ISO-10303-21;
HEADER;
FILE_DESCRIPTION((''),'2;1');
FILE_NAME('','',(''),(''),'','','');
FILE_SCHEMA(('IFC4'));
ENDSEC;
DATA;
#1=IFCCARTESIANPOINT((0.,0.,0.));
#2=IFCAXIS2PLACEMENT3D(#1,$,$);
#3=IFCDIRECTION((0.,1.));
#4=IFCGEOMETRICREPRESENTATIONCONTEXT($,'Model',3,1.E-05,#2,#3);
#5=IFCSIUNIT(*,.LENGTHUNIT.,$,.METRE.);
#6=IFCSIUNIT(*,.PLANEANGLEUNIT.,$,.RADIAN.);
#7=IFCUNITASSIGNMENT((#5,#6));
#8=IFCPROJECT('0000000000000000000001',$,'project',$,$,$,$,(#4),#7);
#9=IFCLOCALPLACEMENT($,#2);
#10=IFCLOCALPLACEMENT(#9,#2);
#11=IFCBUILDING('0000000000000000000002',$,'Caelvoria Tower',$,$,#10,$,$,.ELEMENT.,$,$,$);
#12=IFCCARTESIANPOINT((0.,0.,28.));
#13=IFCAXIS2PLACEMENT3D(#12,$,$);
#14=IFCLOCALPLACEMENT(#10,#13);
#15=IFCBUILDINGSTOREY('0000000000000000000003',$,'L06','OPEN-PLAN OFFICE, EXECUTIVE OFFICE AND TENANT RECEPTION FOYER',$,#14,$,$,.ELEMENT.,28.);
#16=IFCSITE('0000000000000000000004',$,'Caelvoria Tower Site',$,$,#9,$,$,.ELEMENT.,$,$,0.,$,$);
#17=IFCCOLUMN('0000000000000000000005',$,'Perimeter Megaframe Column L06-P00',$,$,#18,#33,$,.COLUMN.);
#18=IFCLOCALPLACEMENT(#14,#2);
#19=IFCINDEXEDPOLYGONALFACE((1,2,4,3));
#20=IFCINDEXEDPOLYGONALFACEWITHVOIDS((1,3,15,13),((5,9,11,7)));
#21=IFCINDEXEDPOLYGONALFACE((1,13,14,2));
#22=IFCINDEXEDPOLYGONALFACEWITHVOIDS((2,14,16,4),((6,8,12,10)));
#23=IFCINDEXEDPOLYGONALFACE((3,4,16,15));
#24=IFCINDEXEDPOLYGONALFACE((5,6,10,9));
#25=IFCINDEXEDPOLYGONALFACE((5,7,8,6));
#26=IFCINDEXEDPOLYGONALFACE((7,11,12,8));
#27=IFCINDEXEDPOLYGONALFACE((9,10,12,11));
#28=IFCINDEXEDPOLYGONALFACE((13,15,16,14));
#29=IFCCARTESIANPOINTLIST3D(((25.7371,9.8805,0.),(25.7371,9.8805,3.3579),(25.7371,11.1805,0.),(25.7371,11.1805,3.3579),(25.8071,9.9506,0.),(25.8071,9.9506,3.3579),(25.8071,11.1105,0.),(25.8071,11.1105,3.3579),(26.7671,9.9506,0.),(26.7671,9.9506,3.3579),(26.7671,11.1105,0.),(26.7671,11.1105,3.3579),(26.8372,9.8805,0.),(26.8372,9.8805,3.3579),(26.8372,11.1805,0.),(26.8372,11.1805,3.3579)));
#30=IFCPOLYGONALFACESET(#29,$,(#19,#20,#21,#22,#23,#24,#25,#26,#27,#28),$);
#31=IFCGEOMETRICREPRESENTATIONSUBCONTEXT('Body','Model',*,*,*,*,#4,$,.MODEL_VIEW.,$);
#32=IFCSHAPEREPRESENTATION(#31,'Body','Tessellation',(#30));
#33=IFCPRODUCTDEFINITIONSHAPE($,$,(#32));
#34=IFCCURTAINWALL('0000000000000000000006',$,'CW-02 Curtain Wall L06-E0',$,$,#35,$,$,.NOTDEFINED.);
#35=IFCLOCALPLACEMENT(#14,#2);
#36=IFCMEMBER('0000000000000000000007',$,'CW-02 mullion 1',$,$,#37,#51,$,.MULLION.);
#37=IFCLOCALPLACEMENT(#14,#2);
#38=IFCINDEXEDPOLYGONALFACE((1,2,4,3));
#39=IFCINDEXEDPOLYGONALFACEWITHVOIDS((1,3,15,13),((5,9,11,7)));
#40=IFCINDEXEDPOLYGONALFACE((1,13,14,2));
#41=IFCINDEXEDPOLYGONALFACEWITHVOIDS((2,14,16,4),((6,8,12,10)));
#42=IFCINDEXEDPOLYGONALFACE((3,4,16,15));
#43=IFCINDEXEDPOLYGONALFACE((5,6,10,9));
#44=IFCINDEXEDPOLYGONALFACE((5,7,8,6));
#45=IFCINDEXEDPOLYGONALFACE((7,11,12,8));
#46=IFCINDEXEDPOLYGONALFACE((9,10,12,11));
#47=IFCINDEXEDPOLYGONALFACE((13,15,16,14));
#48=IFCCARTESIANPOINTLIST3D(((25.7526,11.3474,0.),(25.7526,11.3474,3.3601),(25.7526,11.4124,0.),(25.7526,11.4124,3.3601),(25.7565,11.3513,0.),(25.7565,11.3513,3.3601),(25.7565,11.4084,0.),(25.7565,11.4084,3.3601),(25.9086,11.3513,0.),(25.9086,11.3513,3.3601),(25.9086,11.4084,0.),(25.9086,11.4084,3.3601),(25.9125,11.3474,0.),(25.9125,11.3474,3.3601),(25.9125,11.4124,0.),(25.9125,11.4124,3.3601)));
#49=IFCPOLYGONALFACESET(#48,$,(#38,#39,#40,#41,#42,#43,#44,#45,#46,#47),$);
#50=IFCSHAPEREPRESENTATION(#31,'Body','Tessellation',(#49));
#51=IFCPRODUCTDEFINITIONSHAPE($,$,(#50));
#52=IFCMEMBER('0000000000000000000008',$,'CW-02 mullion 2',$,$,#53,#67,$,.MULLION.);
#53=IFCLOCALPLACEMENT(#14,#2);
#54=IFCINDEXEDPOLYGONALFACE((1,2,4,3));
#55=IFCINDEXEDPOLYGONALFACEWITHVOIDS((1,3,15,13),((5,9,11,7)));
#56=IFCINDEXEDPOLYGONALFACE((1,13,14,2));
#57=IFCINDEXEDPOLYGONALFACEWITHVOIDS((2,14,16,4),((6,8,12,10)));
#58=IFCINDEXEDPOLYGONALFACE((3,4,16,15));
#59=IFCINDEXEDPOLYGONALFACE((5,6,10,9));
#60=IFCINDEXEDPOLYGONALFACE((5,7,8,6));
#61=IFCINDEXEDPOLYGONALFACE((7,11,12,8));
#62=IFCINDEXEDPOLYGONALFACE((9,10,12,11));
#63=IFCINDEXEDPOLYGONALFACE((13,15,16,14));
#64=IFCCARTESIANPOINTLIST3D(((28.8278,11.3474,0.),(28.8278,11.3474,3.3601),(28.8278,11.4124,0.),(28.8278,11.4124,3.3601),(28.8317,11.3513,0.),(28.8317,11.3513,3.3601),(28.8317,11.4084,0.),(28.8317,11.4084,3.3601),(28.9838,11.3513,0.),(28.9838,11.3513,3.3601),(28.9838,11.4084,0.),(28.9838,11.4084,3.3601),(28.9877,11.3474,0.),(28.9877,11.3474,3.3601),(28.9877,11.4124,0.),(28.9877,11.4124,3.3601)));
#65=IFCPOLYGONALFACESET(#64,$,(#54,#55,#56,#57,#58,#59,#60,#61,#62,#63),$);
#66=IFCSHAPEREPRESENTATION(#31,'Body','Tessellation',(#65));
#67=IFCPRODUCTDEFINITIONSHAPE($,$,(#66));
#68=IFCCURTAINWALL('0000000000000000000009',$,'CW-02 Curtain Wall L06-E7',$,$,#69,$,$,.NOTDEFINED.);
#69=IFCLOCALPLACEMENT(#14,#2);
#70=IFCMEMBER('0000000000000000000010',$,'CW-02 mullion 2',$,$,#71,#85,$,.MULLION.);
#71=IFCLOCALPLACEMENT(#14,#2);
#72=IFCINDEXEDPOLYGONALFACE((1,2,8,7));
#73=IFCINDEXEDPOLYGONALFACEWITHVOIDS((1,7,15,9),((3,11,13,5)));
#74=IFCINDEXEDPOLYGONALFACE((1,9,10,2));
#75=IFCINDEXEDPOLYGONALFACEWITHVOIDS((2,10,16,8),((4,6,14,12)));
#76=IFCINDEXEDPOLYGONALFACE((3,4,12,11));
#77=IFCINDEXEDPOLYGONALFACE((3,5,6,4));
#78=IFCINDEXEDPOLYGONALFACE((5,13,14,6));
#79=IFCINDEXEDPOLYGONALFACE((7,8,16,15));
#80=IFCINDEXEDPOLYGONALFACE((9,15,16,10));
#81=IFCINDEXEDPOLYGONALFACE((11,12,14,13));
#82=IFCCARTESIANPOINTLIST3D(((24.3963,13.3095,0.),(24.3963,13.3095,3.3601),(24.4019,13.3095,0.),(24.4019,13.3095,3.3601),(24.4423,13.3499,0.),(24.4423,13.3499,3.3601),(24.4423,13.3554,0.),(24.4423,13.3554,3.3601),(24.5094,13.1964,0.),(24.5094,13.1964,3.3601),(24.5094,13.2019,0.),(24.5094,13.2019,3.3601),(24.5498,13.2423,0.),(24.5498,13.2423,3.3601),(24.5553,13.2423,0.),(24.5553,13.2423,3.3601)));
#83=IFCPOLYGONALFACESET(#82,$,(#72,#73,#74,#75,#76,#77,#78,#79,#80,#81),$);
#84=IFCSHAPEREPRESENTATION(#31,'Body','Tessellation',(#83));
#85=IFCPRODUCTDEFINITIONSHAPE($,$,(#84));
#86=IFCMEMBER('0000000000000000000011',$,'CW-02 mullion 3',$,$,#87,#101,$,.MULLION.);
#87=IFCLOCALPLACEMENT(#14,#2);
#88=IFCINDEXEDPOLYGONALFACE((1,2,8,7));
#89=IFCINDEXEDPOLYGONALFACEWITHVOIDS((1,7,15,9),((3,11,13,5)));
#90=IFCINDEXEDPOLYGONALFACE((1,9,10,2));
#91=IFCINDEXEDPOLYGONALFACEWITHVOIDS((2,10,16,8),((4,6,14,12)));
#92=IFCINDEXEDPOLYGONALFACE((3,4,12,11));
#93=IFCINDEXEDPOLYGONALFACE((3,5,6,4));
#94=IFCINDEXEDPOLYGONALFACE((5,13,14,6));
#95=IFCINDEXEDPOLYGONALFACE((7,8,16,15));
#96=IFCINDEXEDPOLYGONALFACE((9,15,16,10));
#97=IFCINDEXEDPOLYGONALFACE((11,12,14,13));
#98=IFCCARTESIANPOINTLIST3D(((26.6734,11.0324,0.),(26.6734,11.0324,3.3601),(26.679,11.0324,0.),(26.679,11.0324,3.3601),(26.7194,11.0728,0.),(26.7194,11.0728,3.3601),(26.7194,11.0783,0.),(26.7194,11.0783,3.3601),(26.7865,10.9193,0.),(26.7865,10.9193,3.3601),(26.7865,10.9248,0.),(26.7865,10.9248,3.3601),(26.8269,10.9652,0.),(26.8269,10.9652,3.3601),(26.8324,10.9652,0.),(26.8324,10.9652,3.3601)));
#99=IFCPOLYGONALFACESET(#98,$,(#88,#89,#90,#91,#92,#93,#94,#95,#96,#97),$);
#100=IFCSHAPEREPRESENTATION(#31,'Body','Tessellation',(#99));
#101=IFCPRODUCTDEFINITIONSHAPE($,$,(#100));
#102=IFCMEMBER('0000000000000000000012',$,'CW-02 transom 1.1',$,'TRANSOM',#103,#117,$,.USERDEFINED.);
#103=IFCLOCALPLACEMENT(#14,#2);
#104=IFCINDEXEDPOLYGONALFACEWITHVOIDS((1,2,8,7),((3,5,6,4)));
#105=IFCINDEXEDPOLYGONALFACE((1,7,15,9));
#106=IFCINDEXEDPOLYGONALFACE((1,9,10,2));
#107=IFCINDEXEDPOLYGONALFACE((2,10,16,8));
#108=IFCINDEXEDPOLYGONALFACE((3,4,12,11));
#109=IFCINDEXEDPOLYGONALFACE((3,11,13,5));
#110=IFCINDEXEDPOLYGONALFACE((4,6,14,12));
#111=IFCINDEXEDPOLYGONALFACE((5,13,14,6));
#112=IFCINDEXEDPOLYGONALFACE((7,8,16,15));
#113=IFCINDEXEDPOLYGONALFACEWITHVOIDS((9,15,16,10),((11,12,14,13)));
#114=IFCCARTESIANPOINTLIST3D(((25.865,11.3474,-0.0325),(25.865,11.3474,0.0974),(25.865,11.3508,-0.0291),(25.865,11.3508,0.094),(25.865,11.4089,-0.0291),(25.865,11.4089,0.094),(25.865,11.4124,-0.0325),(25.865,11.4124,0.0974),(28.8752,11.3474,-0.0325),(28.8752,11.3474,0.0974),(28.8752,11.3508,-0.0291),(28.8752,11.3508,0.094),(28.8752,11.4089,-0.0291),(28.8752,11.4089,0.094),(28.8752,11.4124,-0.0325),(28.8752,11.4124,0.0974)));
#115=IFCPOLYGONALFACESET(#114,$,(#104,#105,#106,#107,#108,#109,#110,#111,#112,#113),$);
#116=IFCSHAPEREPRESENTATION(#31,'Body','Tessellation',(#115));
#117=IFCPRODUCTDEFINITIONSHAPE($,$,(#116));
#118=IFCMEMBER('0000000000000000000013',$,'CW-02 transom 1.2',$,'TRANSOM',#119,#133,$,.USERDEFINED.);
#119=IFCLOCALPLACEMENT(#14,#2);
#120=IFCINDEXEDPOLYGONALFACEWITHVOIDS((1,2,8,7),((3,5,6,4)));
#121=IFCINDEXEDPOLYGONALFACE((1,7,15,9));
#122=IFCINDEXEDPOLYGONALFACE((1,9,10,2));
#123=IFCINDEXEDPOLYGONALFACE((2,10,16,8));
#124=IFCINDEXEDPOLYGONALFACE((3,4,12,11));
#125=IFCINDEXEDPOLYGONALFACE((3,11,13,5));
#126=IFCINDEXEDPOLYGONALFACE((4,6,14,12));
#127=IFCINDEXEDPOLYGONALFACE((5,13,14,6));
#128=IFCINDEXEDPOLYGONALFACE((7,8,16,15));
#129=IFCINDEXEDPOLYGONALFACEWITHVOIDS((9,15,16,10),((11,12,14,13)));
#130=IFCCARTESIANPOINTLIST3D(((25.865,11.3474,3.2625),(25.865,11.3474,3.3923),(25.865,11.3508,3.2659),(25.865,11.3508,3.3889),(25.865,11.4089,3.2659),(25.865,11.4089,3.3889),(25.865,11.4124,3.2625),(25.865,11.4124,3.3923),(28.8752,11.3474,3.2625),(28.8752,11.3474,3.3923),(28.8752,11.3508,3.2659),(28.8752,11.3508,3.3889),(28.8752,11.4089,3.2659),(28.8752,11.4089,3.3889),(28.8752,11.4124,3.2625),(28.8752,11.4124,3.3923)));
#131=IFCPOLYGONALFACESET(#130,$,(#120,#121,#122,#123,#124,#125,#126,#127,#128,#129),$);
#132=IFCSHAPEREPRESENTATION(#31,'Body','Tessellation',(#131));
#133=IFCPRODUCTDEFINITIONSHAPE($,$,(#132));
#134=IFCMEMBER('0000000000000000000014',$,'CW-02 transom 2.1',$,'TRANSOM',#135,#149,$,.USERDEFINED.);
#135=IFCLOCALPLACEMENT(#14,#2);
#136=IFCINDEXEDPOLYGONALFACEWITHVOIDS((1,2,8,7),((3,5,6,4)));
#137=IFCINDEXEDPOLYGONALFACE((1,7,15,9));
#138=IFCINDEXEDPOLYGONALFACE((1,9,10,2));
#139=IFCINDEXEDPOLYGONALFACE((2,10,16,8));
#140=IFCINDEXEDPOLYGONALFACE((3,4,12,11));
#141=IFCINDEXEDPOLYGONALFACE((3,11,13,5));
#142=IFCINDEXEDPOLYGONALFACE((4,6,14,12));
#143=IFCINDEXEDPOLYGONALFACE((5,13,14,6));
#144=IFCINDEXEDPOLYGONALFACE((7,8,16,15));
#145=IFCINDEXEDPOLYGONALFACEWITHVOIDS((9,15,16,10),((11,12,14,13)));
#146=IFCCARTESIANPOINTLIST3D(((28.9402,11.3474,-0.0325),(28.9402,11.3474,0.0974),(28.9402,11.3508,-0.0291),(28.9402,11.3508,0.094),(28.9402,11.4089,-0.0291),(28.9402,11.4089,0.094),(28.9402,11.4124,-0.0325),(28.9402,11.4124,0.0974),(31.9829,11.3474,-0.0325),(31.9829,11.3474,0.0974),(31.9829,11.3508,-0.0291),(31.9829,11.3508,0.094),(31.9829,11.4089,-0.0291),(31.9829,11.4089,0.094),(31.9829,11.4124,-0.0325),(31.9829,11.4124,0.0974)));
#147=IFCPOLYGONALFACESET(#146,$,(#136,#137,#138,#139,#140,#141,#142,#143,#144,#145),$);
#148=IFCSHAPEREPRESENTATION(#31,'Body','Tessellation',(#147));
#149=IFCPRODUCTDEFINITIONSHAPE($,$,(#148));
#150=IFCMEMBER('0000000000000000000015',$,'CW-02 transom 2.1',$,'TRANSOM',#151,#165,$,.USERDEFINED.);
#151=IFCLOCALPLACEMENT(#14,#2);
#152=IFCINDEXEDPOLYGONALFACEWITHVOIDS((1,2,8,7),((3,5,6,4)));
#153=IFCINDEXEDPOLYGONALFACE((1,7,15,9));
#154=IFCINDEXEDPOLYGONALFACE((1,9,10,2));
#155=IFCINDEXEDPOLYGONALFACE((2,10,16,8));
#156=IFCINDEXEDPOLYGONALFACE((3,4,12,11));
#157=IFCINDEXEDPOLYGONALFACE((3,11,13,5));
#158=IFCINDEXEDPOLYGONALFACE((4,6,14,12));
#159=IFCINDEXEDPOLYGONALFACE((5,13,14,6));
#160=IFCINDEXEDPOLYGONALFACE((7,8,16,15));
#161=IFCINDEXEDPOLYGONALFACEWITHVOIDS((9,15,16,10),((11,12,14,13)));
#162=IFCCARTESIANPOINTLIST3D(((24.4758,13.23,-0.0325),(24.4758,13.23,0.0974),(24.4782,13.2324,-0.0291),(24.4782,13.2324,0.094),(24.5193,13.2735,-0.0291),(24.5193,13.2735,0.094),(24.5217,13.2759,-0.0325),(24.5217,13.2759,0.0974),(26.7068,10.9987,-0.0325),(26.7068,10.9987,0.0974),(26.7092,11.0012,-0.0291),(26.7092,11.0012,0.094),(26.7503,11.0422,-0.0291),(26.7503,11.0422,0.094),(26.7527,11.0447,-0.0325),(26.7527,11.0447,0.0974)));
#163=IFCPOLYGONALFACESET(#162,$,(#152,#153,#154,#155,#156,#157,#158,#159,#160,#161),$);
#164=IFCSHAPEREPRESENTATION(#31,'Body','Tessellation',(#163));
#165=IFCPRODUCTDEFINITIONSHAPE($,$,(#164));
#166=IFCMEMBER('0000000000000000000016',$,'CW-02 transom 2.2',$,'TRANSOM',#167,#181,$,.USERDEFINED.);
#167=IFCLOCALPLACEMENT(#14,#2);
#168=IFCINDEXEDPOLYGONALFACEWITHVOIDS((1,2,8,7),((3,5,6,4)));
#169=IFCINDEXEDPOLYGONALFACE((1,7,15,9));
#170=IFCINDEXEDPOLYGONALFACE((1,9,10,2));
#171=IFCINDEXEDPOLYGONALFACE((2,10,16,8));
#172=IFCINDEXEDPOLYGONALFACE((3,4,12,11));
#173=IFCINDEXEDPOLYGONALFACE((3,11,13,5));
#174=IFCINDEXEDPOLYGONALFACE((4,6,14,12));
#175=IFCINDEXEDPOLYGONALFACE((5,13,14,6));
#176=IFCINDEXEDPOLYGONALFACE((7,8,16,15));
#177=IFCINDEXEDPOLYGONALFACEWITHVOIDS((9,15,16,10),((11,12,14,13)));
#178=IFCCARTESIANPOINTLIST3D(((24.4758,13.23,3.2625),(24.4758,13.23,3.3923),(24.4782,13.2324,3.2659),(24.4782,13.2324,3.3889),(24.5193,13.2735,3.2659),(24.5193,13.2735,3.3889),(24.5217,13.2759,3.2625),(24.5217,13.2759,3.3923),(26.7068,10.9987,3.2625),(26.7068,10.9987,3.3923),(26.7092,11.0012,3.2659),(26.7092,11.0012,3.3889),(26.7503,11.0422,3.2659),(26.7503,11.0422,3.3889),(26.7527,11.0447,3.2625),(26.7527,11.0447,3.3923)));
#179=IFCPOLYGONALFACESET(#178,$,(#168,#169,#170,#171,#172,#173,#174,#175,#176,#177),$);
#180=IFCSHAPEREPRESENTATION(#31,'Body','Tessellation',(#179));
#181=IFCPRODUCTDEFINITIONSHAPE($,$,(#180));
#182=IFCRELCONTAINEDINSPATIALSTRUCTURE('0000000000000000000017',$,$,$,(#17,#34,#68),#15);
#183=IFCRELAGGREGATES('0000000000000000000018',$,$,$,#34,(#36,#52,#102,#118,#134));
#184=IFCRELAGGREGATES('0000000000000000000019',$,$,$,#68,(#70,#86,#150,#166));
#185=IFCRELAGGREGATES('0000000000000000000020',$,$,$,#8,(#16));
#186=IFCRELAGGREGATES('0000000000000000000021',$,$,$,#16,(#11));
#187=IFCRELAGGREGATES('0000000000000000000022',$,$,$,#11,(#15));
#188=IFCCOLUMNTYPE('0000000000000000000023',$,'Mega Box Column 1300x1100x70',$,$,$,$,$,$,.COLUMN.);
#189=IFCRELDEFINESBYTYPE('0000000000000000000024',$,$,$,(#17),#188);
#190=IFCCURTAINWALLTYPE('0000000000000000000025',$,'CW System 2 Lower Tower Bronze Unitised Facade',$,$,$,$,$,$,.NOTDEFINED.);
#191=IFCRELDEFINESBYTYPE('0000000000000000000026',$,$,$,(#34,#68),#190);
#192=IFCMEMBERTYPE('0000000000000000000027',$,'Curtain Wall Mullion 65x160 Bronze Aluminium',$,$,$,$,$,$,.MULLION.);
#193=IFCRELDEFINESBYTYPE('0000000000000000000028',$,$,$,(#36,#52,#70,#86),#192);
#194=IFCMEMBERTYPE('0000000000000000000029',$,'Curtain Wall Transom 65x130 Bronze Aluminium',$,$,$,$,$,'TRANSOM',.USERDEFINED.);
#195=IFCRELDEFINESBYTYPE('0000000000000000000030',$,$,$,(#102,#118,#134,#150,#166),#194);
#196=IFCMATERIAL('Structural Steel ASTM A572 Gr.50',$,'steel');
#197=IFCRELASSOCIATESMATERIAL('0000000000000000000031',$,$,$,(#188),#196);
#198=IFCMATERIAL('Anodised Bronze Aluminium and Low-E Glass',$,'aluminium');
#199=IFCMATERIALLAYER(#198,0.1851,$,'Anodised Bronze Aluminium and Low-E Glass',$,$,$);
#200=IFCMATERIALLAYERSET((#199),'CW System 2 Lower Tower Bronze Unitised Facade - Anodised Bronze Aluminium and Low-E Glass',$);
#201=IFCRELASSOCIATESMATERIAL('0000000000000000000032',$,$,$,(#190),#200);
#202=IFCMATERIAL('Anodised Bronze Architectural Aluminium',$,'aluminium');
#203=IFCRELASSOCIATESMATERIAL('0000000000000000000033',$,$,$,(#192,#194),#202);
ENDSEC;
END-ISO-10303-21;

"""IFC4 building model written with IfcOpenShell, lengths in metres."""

from ifc_helpers import new_model, si_unit, direction, frame, origin, origin_2d, place, context, subcontext, project, spatial, hollow_rectangle, extrude, material, layer, layer_set, material_profile, profile_set, type_object, element, aggregate, save


model = new_model("IFC4")

# Units and contexts
model_context = context("Model", 3, precision=1e-05, world=origin(), true_north=direction((0.0, 1.0)))
body_context = subcontext(model_context, "Body", "Model", "MODEL_VIEW")
ifc_project = project(units=[si_unit("LENGTHUNIT", "METRE"), si_unit("PLANEANGLEUNIT", "RADIAN")], contexts=[model_context])

# Site, building, storey
site_placement = place(None, origin())
site = spatial("IfcSite", under=ifc_project, at=site_placement, Name="Caelvoria Tower Site", CompositionType="ELEMENT", RefElevation=0.0)
building_placement = place(site_placement, origin())
building = spatial("IfcBuilding", under=site, at=building_placement, Name="Caelvoria Tower", CompositionType="ELEMENT")
storey_placement = place(building_placement, frame((0.0, 0.0, 28.0)))
storey = spatial("IfcBuildingStorey", under=building, at=storey_placement, Name="L06", Description="OPEN-PLAN OFFICE, EXECUTIVE OFFICE AND TENANT RECEPTION FOYER", CompositionType="ELEMENT", Elevation=28.0)

# Column
ifc_material_1 = material(Name="Structural Steel ASTM A572 Gr.50", Category="steel")
ifc_material_profile_1 = material_profile(ifc_material_1, hollow_rectangle(XDim=1.1001, YDim=1.3, WallThickness=0.0701, at=origin_2d()), Name="Structural Steel ASTM A572 Gr.50")
ifc_profile_set_1 = profile_set([ifc_material_profile_1], Name="BOX1300X1100X70 - Structural Steel ASTM A572 Gr.50")
column_type = type_object("IfcColumnType", Name="Mega Box Column 1300x1100x70", PredefinedType="COLUMN", material=ifc_profile_set_1)
column_placement = place(storey_placement, frame((26.2871, 10.5305, 0.0), z_axis=(0.0, 0.0, 1.0), x_axis=(1.0, 0.0, 0.0)))
element("IfcColumn", 1, at=column_placement, inside=storey, type_object=column_type, Name="Perimeter Megaframe Column L06-P00", PredefinedType="COLUMN", context=body_context, shape_type="SweptSolid", body=[
    extrude(hollow_rectangle(XDim=1.1001, YDim=1.3, WallThickness=0.0701, at=origin_2d()), origin(), (0.0, 0.0, 1.0), 3.3579),
])

# Curtain walls, members
ifc_material_2 = material(Name="Anodised Bronze Aluminium and Low-E Glass", Category="aluminium")
ifc_layer_1 = layer(ifc_material_2, 0.1851, Name="Anodised Bronze Aluminium and Low-E Glass")
ifc_layer_set_1 = layer_set([ifc_layer_1], Name="CW System 2 Lower Tower Bronze Unitised Facade - Anodised Bronze Aluminium and Low-E Glass")
curtain_wall_type = type_object("IfcCurtainWallType", Name="CW System 2 Lower Tower Bronze Unitised Facade", PredefinedType="NOTDEFINED", material=ifc_layer_set_1)
curtain_wall_1_placement = place(storey_placement, origin())
curtain_wall_1 = element("IfcCurtainWall", 2, at=curtain_wall_1_placement, inside=storey, type_object=curtain_wall_type, Name="CW-02 Curtain Wall L06-E0", PredefinedType="NOTDEFINED")
ifc_material_3 = material(Name="Anodised Bronze Architectural Aluminium", Category="aluminium")
ifc_material_profile_2 = material_profile(ifc_material_3, hollow_rectangle(XDim=0.0649, YDim=0.1599, WallThickness=0.0039, at=origin_2d()), Name="Anodised Bronze Architectural Aluminium")
ifc_profile_set_2 = profile_set([ifc_material_profile_2], Name="CW_MULL_65X160 - Anodised Bronze Architectural Aluminium")
member_type_1 = type_object("IfcMemberType", Name="Curtain Wall Mullion 65x160 Bronze Aluminium", PredefinedType="MULLION", material=ifc_profile_set_2)
member_1_placement = place(storey_placement, frame((25.8325, 11.3799, 0.0), z_axis=(0.0, 0.0, 1.0), x_axis=(0.0, 1.0, 0.0)))
member_1 = element("IfcMember", 3, at=member_1_placement, type_object=member_type_1, Name="CW-02 mullion 1", PredefinedType="MULLION", context=body_context, shape_type="SweptSolid", body=[
    extrude(hollow_rectangle(XDim=0.0649, YDim=0.1599, WallThickness=0.0039, at=origin_2d()), origin(), (0.0, 0.0, 1.0), 3.3601),
])
member_2_placement = place(storey_placement, frame((28.9077, 11.3799, 0.0), z_axis=(0.0, 0.0, 1.0), x_axis=(0.0, 1.0, 0.0)))
member_2 = element("IfcMember", 4, at=member_2_placement, type_object=member_type_1, Name="CW-02 mullion 2", PredefinedType="MULLION", context=body_context, shape_type="SweptSolid", body=[
    extrude(hollow_rectangle(XDim=0.0649, YDim=0.1599, WallThickness=0.0039, at=origin_2d()), origin(), (0.0, 0.0, 1.0), 3.3601),
])
curtain_wall_2_placement = place(storey_placement, origin())
curtain_wall_2 = element("IfcCurtainWall", 5, at=curtain_wall_2_placement, inside=storey, type_object=curtain_wall_type, Name="CW-02 Curtain Wall L06-E7", PredefinedType="NOTDEFINED")
member_3_placement = place(storey_placement, frame((24.4758, 13.2759, 0.0), z_axis=(0.0, 0.0, 1.0), x_axis=(0.707107, 0.707107, 0.0)))
member_3 = element("IfcMember", 6, at=member_3_placement, type_object=member_type_1, Name="CW-02 mullion 2", PredefinedType="MULLION", context=body_context, shape_type="SweptSolid", body=[
    extrude(hollow_rectangle(XDim=0.0649, YDim=0.1599, WallThickness=0.0039, at=origin_2d()), origin(), (0.0, 0.0, 1.0), 3.3601),
])
member_4_placement = place(storey_placement, frame((26.7529, 10.9988, 0.0), z_axis=(0.0, 0.0, 1.0), x_axis=(0.707107, 0.707107, 0.0)))
member_4 = element("IfcMember", 7, at=member_4_placement, type_object=member_type_1, Name="CW-02 mullion 3", PredefinedType="MULLION", context=body_context, shape_type="SweptSolid", body=[
    extrude(hollow_rectangle(XDim=0.0649, YDim=0.1599, WallThickness=0.0039, at=origin_2d()), origin(), (0.0, 0.0, 1.0), 3.3601),
])

# Members
ifc_material_profile_3 = material_profile(ifc_material_3, hollow_rectangle(XDim=0.0649, YDim=0.1299, WallThickness=0.0034, at=origin_2d()), Name="Anodised Bronze Architectural Aluminium")
ifc_profile_set_3 = profile_set([ifc_material_profile_3], Name="CW_TRAN_65X130 - Anodised Bronze Architectural Aluminium")
member_type_2 = type_object("IfcMemberType", Name="Curtain Wall Transom 65x130 Bronze Aluminium", ElementType="TRANSOM", PredefinedType="USERDEFINED", material=ifc_profile_set_3)
member_5_placement = place(storey_placement, frame((25.865, 11.3799, 0.0325), z_axis=(1.0, 0.0, 0.0), x_axis=(0.0, 1.0, 0.0)))
member_5 = element("IfcMember", 8, at=member_5_placement, type_object=member_type_2, Name="CW-02 transom 1.1", ObjectType="TRANSOM", PredefinedType="USERDEFINED", context=body_context, shape_type="SweptSolid", body=[
    extrude(hollow_rectangle(XDim=0.0649, YDim=0.1299, WallThickness=0.0034, at=origin_2d()), origin(), (0.0, 0.0, 1.0), 3.0103),
])
member_6_placement = place(storey_placement, frame((25.865, 11.3799, 3.3274), z_axis=(1.0, 0.0, 0.0), x_axis=(0.0, 1.0, 0.0)))
member_6 = element("IfcMember", 9, at=member_6_placement, type_object=member_type_2, Name="CW-02 transom 1.2", ObjectType="TRANSOM", PredefinedType="USERDEFINED", context=body_context, shape_type="SweptSolid", body=[
    extrude(hollow_rectangle(XDim=0.0649, YDim=0.1299, WallThickness=0.0034, at=origin_2d()), origin(), (0.0, 0.0, 1.0), 3.0103),
])
member_7_placement = place(storey_placement, frame((28.9402, 11.3799, 0.0325), z_axis=(1.0, 0.0, 0.0), x_axis=(0.0, 1.0, 0.0)))
member_7 = element("IfcMember", 10, at=member_7_placement, type_object=member_type_2, Name="CW-02 transom 2.1", ObjectType="TRANSOM", PredefinedType="USERDEFINED", context=body_context, shape_type="SweptSolid", body=[
    extrude(hollow_rectangle(XDim=0.0649, YDim=0.1299, WallThickness=0.0034, at=origin_2d()), origin(), (0.0, 0.0, 1.0), 3.0427),
])
member_8_placement = place(storey_placement, frame((24.4988, 13.2529, 0.0325), z_axis=(0.707068, -0.707145, 0.0), x_axis=(0.707145, 0.707068, 0.0)))
member_8 = element("IfcMember", 11, at=member_8_placement, type_object=member_type_2, Name="CW-02 transom 2.1", ObjectType="TRANSOM", PredefinedType="USERDEFINED", context=body_context, shape_type="SweptSolid", body=[
    extrude(hollow_rectangle(XDim=0.0649, YDim=0.1299, WallThickness=0.0034, at=origin_2d()), origin(), (0.0, 0.0, 1.0), 3.1553),
])
member_9_placement = place(storey_placement, frame((24.4988, 13.2529, 3.3274), z_axis=(0.707068, -0.707145, 0.0), x_axis=(0.707145, 0.707068, 0.0)))
member_9 = element("IfcMember", 12, at=member_9_placement, type_object=member_type_2, Name="CW-02 transom 2.2", ObjectType="TRANSOM", PredefinedType="USERDEFINED", context=body_context, shape_type="SweptSolid", body=[
    extrude(hollow_rectangle(XDim=0.0649, YDim=0.1299, WallThickness=0.0034, at=origin_2d()), origin(), (0.0, 0.0, 1.0), 3.1553),
])

aggregate(curtain_wall_1, [member_1, member_2, member_5, member_6, member_7])
aggregate(curtain_wall_2, [member_3, member_4, member_8, member_9])

save(model, "model.ifc")
